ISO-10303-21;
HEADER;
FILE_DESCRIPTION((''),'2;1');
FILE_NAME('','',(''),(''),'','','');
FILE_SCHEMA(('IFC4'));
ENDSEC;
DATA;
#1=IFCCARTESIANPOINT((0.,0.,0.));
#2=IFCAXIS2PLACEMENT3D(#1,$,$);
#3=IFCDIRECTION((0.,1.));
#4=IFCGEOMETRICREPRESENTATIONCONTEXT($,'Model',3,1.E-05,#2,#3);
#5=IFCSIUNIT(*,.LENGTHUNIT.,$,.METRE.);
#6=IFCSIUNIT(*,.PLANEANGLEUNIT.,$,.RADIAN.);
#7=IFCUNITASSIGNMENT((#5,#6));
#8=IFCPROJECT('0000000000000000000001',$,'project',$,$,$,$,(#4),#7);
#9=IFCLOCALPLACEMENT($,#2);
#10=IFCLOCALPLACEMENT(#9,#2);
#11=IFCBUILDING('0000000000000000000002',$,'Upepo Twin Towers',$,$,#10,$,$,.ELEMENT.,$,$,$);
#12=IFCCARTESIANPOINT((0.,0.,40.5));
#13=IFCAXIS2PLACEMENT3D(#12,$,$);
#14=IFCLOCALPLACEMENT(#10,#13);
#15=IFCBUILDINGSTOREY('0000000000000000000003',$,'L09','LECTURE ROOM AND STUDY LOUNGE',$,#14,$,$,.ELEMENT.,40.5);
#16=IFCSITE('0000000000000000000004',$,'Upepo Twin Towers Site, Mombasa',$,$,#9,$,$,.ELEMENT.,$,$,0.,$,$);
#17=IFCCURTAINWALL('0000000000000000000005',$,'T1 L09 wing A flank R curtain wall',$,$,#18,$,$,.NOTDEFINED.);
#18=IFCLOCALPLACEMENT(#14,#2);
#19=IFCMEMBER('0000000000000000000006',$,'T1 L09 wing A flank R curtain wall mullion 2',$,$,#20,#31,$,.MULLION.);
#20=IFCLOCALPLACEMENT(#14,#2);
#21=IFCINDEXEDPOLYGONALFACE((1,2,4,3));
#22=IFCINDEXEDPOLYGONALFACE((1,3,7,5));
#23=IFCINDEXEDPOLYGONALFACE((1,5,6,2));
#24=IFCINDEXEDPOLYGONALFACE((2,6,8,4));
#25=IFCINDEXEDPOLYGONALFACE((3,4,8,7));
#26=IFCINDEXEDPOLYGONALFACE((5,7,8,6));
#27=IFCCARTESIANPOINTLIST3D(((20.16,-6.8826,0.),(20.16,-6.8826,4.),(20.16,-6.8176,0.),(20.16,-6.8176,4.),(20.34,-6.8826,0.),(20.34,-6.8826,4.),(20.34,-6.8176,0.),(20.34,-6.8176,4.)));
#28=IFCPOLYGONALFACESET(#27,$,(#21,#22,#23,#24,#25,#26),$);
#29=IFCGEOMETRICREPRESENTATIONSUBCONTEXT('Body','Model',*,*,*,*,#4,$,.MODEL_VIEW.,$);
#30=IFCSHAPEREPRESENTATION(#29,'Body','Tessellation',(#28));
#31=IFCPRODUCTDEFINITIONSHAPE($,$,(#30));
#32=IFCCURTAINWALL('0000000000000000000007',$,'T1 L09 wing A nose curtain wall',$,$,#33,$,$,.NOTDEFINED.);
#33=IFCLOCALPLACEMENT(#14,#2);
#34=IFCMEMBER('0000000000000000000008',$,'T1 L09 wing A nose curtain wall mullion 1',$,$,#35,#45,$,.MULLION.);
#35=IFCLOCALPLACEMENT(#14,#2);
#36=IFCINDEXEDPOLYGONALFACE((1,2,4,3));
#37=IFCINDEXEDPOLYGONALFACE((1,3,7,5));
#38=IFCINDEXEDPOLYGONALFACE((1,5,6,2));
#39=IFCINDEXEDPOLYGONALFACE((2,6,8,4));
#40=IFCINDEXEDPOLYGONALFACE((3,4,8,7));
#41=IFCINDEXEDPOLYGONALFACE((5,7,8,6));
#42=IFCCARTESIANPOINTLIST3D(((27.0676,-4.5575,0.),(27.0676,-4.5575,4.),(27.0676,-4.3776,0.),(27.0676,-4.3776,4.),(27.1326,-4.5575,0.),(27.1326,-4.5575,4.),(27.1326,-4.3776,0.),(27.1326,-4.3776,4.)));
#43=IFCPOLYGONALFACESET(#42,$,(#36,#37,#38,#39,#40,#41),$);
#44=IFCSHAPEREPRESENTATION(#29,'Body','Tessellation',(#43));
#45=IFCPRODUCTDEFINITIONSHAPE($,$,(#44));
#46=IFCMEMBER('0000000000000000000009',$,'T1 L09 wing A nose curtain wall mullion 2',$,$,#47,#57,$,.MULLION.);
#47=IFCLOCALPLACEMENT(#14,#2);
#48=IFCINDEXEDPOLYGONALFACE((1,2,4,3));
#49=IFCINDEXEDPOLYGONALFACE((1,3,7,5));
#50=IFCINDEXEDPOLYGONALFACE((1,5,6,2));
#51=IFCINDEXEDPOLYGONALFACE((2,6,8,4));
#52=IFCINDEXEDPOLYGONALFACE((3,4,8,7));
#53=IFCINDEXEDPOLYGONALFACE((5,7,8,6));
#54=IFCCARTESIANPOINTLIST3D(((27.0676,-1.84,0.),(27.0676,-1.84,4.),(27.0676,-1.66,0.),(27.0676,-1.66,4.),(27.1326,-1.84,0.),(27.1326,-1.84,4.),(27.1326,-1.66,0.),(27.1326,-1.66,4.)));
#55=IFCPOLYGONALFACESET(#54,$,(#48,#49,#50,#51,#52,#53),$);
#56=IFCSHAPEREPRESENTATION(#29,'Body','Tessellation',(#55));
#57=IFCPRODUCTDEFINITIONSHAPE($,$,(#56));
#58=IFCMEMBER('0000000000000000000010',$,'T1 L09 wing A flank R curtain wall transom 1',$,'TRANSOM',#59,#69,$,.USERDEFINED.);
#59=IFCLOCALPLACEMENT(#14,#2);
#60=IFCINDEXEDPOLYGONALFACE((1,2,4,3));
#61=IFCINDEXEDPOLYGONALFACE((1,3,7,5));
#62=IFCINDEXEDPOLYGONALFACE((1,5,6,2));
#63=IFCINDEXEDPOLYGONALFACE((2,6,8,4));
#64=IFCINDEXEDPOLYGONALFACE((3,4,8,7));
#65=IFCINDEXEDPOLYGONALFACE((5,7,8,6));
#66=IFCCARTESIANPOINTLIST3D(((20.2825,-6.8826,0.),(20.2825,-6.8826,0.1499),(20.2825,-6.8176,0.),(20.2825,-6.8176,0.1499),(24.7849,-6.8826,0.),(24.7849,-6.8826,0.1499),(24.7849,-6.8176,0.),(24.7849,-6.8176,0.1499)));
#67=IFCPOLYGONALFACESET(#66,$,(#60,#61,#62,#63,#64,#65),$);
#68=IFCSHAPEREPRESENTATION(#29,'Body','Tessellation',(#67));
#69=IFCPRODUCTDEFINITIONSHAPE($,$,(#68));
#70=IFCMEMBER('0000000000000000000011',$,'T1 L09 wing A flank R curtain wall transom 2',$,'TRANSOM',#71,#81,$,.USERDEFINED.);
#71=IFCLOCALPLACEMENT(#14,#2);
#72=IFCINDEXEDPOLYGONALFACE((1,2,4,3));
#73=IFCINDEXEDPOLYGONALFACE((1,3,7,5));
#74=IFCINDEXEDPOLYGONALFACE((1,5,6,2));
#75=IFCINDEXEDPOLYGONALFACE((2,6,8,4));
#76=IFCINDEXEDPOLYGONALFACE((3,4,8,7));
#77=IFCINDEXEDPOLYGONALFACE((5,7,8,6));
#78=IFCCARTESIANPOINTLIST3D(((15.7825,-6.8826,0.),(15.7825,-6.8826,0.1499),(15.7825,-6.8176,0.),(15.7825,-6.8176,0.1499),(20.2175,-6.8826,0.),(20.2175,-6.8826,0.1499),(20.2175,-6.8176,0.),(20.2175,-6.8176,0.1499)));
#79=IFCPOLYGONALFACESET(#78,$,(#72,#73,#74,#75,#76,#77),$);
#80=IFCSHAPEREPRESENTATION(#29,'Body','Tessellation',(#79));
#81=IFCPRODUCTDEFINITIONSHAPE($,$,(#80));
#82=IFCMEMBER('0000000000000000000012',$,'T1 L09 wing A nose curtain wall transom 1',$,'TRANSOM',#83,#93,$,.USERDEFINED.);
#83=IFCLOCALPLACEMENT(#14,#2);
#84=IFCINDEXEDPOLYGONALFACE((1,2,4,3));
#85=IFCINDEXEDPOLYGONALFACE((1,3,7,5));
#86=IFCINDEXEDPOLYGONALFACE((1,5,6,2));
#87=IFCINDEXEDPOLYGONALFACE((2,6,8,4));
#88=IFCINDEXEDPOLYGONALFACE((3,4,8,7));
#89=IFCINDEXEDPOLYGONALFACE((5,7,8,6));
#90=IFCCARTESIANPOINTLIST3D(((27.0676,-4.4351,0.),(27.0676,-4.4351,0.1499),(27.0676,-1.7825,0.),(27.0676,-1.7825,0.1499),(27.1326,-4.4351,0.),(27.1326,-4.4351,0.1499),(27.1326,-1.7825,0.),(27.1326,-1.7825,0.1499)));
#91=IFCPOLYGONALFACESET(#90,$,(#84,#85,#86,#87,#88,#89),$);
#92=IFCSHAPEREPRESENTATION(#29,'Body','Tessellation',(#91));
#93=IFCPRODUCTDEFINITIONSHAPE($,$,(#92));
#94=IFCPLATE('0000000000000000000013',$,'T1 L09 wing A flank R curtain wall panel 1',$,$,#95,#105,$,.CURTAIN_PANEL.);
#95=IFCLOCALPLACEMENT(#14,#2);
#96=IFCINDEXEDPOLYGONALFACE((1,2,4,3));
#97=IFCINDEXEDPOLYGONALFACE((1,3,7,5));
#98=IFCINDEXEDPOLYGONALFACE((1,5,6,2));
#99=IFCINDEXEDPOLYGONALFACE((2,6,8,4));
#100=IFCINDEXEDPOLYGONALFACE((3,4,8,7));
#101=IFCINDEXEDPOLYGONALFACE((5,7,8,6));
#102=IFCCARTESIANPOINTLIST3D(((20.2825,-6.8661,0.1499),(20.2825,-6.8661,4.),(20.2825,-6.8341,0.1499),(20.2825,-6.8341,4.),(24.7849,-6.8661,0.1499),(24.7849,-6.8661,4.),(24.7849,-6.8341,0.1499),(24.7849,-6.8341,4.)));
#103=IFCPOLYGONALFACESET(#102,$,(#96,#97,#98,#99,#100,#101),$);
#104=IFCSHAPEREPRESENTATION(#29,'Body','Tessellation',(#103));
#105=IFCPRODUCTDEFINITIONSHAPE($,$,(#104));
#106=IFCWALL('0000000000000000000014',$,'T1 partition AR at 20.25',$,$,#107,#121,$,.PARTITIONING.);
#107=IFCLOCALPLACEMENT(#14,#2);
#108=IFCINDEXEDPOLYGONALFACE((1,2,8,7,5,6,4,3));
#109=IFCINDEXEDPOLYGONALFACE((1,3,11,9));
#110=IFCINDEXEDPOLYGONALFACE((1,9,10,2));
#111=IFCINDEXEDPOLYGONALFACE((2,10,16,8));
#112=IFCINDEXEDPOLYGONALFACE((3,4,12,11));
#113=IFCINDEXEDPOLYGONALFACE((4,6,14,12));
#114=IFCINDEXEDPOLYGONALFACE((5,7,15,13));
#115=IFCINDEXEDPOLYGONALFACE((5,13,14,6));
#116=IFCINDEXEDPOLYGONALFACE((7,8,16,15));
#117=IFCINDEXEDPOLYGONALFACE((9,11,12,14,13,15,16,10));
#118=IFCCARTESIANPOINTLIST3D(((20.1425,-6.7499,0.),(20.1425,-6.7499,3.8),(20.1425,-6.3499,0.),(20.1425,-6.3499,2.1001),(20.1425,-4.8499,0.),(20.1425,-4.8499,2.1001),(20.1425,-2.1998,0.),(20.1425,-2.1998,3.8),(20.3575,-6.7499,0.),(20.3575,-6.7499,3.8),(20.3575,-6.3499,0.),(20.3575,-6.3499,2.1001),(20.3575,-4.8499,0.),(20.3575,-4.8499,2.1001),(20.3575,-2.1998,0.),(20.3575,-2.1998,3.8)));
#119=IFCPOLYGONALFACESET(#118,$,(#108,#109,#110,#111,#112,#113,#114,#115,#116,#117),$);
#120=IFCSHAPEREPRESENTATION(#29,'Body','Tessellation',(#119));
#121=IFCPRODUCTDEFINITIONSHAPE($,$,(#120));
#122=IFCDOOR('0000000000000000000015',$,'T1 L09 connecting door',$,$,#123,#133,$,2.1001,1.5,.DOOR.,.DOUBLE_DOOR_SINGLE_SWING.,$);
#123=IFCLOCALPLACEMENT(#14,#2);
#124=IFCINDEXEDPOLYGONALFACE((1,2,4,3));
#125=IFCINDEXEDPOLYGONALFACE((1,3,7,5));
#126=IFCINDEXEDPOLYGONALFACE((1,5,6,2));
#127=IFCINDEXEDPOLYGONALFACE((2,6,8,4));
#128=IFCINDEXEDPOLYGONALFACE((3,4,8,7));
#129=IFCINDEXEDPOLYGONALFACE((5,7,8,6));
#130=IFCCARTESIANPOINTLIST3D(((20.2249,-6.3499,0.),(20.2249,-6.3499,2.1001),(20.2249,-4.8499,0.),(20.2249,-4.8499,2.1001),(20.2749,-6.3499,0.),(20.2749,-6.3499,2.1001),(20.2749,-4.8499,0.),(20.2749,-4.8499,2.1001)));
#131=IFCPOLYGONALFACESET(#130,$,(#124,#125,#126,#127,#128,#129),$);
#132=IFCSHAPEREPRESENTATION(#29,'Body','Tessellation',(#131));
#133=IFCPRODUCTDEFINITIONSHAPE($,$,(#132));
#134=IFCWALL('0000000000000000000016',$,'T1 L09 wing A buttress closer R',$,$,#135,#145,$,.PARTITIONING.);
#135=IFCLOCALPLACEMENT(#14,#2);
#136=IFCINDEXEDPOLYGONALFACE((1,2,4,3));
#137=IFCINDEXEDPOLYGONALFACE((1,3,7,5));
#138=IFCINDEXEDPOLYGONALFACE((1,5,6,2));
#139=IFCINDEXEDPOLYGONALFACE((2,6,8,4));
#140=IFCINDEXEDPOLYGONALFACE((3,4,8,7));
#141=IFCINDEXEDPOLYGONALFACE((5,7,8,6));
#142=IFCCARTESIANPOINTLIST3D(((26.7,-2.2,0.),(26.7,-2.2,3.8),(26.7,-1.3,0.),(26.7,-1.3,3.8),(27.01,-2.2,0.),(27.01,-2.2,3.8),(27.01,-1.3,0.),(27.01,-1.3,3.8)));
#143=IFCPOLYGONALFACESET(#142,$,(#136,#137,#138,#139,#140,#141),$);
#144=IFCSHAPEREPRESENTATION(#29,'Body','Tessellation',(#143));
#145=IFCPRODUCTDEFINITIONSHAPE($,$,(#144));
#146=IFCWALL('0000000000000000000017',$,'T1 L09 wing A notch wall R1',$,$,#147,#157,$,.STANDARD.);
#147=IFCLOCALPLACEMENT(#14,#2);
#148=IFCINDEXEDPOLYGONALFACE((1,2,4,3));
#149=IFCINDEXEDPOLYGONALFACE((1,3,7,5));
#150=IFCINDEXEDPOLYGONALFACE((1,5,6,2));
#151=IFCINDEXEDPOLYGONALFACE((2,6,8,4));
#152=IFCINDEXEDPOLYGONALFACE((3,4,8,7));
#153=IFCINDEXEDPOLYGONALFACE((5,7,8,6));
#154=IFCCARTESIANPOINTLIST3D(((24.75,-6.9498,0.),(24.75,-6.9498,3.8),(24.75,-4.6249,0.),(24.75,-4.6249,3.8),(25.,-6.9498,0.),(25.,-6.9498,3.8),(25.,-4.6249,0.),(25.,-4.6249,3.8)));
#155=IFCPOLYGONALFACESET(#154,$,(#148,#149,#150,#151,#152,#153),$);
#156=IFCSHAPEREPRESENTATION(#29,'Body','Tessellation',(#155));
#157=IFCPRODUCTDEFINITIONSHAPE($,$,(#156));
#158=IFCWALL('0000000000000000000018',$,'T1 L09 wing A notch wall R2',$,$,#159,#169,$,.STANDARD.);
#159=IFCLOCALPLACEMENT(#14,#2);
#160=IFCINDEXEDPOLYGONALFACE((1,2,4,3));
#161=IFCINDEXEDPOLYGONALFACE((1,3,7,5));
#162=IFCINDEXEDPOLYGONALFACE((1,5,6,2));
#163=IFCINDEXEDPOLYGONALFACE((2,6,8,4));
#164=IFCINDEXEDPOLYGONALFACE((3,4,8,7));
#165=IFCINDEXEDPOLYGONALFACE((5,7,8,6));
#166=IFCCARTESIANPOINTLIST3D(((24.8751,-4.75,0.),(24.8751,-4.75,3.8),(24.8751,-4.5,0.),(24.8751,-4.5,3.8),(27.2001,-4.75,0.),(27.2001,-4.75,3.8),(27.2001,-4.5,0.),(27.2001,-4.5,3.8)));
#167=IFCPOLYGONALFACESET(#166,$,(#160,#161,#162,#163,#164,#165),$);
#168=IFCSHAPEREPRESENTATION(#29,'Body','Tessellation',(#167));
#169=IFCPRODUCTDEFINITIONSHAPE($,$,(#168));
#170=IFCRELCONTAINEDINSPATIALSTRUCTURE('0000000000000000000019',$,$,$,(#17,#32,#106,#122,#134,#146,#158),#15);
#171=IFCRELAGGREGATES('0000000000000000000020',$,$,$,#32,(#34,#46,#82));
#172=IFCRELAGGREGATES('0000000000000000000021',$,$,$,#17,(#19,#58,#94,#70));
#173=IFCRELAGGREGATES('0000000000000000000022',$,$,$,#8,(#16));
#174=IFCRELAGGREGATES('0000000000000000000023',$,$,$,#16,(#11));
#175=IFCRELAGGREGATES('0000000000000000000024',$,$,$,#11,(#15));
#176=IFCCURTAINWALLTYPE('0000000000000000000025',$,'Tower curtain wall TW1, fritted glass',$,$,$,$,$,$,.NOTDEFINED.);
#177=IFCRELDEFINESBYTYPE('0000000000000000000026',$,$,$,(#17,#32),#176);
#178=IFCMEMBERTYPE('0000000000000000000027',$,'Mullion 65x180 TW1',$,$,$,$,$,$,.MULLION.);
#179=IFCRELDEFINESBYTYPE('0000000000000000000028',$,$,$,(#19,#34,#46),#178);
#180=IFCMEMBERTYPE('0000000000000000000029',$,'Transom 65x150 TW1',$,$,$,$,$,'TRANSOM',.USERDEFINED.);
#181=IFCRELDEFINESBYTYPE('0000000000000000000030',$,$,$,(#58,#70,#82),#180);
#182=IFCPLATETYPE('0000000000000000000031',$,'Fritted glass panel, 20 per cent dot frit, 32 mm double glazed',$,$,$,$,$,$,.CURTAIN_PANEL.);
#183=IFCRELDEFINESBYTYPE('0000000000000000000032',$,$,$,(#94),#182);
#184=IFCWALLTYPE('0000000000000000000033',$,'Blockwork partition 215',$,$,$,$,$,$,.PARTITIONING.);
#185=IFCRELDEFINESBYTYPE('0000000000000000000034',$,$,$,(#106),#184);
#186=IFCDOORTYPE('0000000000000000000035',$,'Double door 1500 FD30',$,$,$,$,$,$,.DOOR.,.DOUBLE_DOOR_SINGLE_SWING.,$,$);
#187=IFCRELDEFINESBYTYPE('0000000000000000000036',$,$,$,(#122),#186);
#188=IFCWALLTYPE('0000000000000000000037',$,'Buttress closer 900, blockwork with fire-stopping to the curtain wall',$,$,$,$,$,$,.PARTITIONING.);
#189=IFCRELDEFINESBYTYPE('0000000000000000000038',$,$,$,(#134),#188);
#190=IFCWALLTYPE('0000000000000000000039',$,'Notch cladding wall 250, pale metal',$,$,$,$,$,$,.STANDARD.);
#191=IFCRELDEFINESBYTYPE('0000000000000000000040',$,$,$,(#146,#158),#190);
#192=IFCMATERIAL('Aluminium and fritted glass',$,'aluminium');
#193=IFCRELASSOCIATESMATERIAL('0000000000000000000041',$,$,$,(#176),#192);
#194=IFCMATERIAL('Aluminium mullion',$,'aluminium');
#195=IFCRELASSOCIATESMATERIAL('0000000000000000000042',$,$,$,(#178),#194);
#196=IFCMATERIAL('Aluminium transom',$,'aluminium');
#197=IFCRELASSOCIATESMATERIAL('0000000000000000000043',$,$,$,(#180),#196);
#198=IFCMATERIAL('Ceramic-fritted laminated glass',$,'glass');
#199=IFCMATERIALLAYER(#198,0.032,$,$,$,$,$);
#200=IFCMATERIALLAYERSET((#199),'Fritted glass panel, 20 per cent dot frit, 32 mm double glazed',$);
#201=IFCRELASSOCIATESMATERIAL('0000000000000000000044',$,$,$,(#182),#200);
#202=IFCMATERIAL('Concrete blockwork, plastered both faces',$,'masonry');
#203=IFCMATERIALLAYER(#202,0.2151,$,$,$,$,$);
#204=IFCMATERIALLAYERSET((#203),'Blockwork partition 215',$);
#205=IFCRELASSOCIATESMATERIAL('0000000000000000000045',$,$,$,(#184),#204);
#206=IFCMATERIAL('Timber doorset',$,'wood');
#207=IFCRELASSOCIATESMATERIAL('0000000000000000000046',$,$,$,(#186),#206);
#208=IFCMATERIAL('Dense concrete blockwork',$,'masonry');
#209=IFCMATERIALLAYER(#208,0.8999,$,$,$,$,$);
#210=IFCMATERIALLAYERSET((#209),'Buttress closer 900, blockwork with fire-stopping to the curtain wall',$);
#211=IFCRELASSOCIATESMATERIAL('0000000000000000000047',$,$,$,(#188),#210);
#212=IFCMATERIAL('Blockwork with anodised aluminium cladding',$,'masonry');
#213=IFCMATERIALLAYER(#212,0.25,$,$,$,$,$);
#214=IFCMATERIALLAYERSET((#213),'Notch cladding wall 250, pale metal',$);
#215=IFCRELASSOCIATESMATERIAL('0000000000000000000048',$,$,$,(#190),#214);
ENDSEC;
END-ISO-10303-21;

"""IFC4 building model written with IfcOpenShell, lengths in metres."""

from ifc_helpers import new_model, si_unit, direction, frame, frame_2d, origin, origin_2d, place, context, subcontext, project, spatial, rectangle, extrude, material, layer, layer_set, material_profile, profile_set, type_object, element, fill, aggregate, save


model = new_model("IFC4")

# Units and contexts
model_context = context("Model", 3, precision=1e-05, world=origin(), true_north=direction((0.0, 1.0)))
body_context = subcontext(model_context, "Body", "Model", "MODEL_VIEW")
ifc_project = project(units=[si_unit("LENGTHUNIT", "METRE"), si_unit("PLANEANGLEUNIT", "RADIAN")], contexts=[model_context])

# Site, building, storey
site_placement = place(None, origin())
site = spatial("IfcSite", under=ifc_project, at=site_placement, Name="Upepo Twin Towers Site, Mombasa", CompositionType="ELEMENT", RefElevation=0.0)
building_placement = place(site_placement, origin())
building = spatial("IfcBuilding", under=site, at=building_placement, Name="Upepo Twin Towers", CompositionType="ELEMENT")
storey_placement = place(building_placement, frame((0.0, 0.0, 40.5)))
storey = spatial("IfcBuildingStorey", under=building, at=storey_placement, Name="L09", Description="LECTURE ROOM AND STUDY LOUNGE", CompositionType="ELEMENT", Elevation=40.5)

# Curtain walls, members
ifc_material_1 = material(Name="Aluminium and fritted glass", Category="aluminium")
curtain_wall_type = type_object("IfcCurtainWallType", Name="Tower curtain wall TW1, fritted glass", PredefinedType="NOTDEFINED", material=ifc_material_1)
curtain_wall_1_placement = place(storey_placement, origin())
curtain_wall_1 = element("IfcCurtainWall", 1, at=curtain_wall_1_placement, inside=storey, type_object=curtain_wall_type, Name="T1 L09 wing A flank R curtain wall", PredefinedType="NOTDEFINED")
ifc_material_2 = material(Name="Aluminium mullion", Category="aluminium")
ifc_material_profile_1 = material_profile(ifc_material_2, rectangle(XDim=0.0649, YDim=0.1799, at=origin_2d()), Name="MULLION 65x180")
ifc_profile_set_1 = profile_set([ifc_material_profile_1], Name="Aluminium mullion")
member_type_1 = type_object("IfcMemberType", Name="Mullion 65x180 TW1", PredefinedType="MULLION", material=ifc_profile_set_1)
member_1_placement = place(storey_placement, frame((20.25, -6.8501, 0.0), z_axis=(0.0, 0.0, 1.0), x_axis=(0.0, -1.0, 0.0)))
member_1 = element("IfcMember", 2, at=member_1_placement, type_object=member_type_1, Name="T1 L09 wing A flank R curtain wall mullion 2", PredefinedType="MULLION", context=body_context, shape_type="SweptSolid", body=[
    extrude(rectangle(XDim=0.0649, YDim=0.1799, at=origin_2d()), origin(), (0.0, 0.0, 1.0), 4.0),
])
curtain_wall_2_placement = place(storey_placement, origin())
curtain_wall_2 = element("IfcCurtainWall", 3, at=curtain_wall_2_placement, inside=storey, type_object=curtain_wall_type, Name="T1 L09 wing A nose curtain wall", PredefinedType="NOTDEFINED")
member_2_placement = place(storey_placement, frame((27.1001, -4.4675, 0.0), z_axis=(0.0, 0.0, 1.0), x_axis=(-1.0, 0.0, 0.0)))
member_2 = element("IfcMember", 4, at=member_2_placement, type_object=member_type_1, Name="T1 L09 wing A nose curtain wall mullion 1", PredefinedType="MULLION", context=body_context, shape_type="SweptSolid", body=[
    extrude(rectangle(XDim=0.0649, YDim=0.1799, at=origin_2d()), origin(), (0.0, 0.0, 1.0), 4.0),
])
member_3_placement = place(storey_placement, frame((27.1001, -1.75, 0.0), z_axis=(0.0, 0.0, 1.0), x_axis=(-1.0, 0.0, 0.0)))
member_3 = element("IfcMember", 5, at=member_3_placement, type_object=member_type_1, Name="T1 L09 wing A nose curtain wall mullion 2", PredefinedType="MULLION", context=body_context, shape_type="SweptSolid", body=[
    extrude(rectangle(XDim=0.0649, YDim=0.1799, at=origin_2d()), origin(), (0.0, 0.0, 1.0), 4.0),
])

# Members
ifc_material_3 = material(Name="Aluminium transom", Category="aluminium")
ifc_material_profile_2 = material_profile(ifc_material_3, rectangle(XDim=0.0649, YDim=0.1499, at=origin_2d()), Name="TRANSOM 65x150")
ifc_profile_set_2 = profile_set([ifc_material_profile_2], Name="Aluminium transom")
member_type_2 = type_object("IfcMemberType", Name="Transom 65x150 TW1", ElementType="TRANSOM", PredefinedType="USERDEFINED", material=ifc_profile_set_2)
member_4_placement = place(storey_placement, frame((24.7849, -6.8501, 0.075), z_axis=(-1.0, 0.0, 0.0), x_axis=(0.0, -1.0, 0.0)))
member_4 = element("IfcMember", 6, at=member_4_placement, type_object=member_type_2, Name="T1 L09 wing A flank R curtain wall transom 1", ObjectType="TRANSOM", PredefinedType="USERDEFINED", context=body_context, shape_type="SweptSolid", body=[
    extrude(rectangle(XDim=0.0649, YDim=0.1499, at=origin_2d()), origin(), (0.0, 0.0, 1.0), 4.5024),
])
member_5_placement = place(storey_placement, frame((20.2175, -6.8501, 0.075), z_axis=(-1.0, 0.0, 0.0), x_axis=(0.0, -1.0, 0.0)))
member_5 = element("IfcMember", 7, at=member_5_placement, type_object=member_type_2, Name="T1 L09 wing A flank R curtain wall transom 2", ObjectType="TRANSOM", PredefinedType="USERDEFINED", context=body_context, shape_type="SweptSolid", body=[
    extrude(rectangle(XDim=0.0649, YDim=0.1499, at=origin_2d()), origin(), (0.0, 0.0, 1.0), 4.4351),
])
member_6_placement = place(storey_placement, frame((27.1001, -4.4351, 0.075), z_axis=(0.0, 1.0, 0.0), x_axis=(-1.0, 0.0, 0.0)))
member_6 = element("IfcMember", 8, at=member_6_placement, type_object=member_type_2, Name="T1 L09 wing A nose curtain wall transom 1", ObjectType="TRANSOM", PredefinedType="USERDEFINED", context=body_context, shape_type="SweptSolid", body=[
    extrude(rectangle(XDim=0.0649, YDim=0.1499, at=origin_2d()), origin(), (0.0, 0.0, 1.0), 2.6526),
])
aggregate(curtain_wall_2, [member_2, member_3, member_6])

# Plate
ifc_material_4 = material(Name="Ceramic-fritted laminated glass", Category="glass")
ifc_layer_1 = layer(ifc_material_4, 0.032)
ifc_layer_set_1 = layer_set([ifc_layer_1], Name="Fritted glass panel, 20 per cent dot frit, 32 mm double glazed")
plate_type = type_object("IfcPlateType", Name="Fritted glass panel, 20 per cent dot frit, 32 mm double glazed", PredefinedType="CURTAIN_PANEL", material=ifc_layer_set_1)
plate_placement = place(storey_placement, frame((22.5337, -6.8501, 0.1499), z_axis=(0.0, 0.0, 1.0), x_axis=(-1.0, 0.0, 0.0)))
plate = element("IfcPlate", 9, at=plate_placement, type_object=plate_type, Name="T1 L09 wing A flank R curtain wall panel 1", PredefinedType="CURTAIN_PANEL", context=body_context, shape_type="SweptSolid", body=[
    extrude(rectangle(XDim=4.5024, YDim=0.032, at=origin_2d()), origin(), (0.0, 0.0, 1.0), 3.8501),
])
aggregate(curtain_wall_1, [member_1, member_4, plate, member_5])

# Wall, opening, door
ifc_material_5 = material(Name="Concrete blockwork, plastered both faces", Category="masonry")
ifc_layer_2 = layer(ifc_material_5, 0.2151)
ifc_layer_set_2 = layer_set([ifc_layer_2], Name="Blockwork partition 215")
wall_type_1 = type_object("IfcWallType", Name="Blockwork partition 215", PredefinedType="PARTITIONING", material=ifc_layer_set_2)
wall_1_placement = place(storey_placement, frame((20.25, -2.2, 0.0), z_axis=(0.0, 0.0, 1.0), x_axis=(0.0, -1.0, 0.0)))
wall_1 = element("IfcWall", 10, at=wall_1_placement, inside=storey, type_object=wall_type_1, Name="T1 partition AR at 20.25", PredefinedType="PARTITIONING", context=body_context, shape_type="SweptSolid", body=[
    extrude(rectangle(XDim=4.55, YDim=0.2151, at=frame_2d((2.2749, 0.0))), origin(), (0.0, 0.0, 1.0), 3.8),
])
opening_placement = place(wall_1_placement, frame((2.6499, 0.0, 0.0)))
opening = element("IfcOpeningElement", 11, at=opening_placement, cuts=wall_1, PredefinedType="OPENING", context=body_context, shape_type="SweptSolid", body=[
    extrude(rectangle(XDim=1.5, YDim=2.1001, at=frame_2d((0.75, 1.05))), frame((0.0, 0.1174, 0.0), z_axis=(0.0, -1.0, 0.0), x_axis=(1.0, 0.0, 0.0)), (0.0, 0.0, 1.0), 0.2351),
])
ifc_material_6 = material(Name="Timber doorset", Category="wood")
door_type = type_object("IfcDoorType", Name="Double door 1500 FD30", OperationType="DOUBLE_DOOR_SINGLE_SWING", PredefinedType="DOOR", material=ifc_material_6)
door_placement = place(opening_placement, origin())
door = element("IfcDoor", 12, at=door_placement, inside=storey, type_object=door_type, Name="T1 L09 connecting door", OperationType="DOUBLE_DOOR_SINGLE_SWING", OverallHeight=2.1001, OverallWidth=1.5, PredefinedType="DOOR", context=body_context, shape_type="SweptSolid", body=[
    extrude(rectangle(XDim=1.5, YDim=2.1001, at=frame_2d((0.75, 1.05))), frame((0.0, 0.0249, 0.0), z_axis=(0.0, -1.0, 0.0), x_axis=(1.0, 0.0, 0.0)), (0.0, 0.0, 1.0), 0.05),
])
fill(opening, door)

# Walls
ifc_material_7 = material(Name="Dense concrete blockwork", Category="masonry")
ifc_layer_3 = layer(ifc_material_7, 0.8999)
ifc_layer_set_3 = layer_set([ifc_layer_3], Name="Buttress closer 900, blockwork with fire-stopping to the curtain wall")
wall_type_2 = type_object("IfcWallType", Name="Buttress closer 900, blockwork with fire-stopping to the curtain wall", PredefinedType="PARTITIONING", material=ifc_layer_set_3)
wall_2_placement = place(storey_placement, frame((26.7, -1.75, 0.0), z_axis=(0.0, 0.0, 1.0), x_axis=(1.0, 0.0, 0.0)))
element("IfcWall", 13, at=wall_2_placement, inside=storey, type_object=wall_type_2, Name="T1 L09 wing A buttress closer R", PredefinedType="PARTITIONING", context=body_context, shape_type="SweptSolid", body=[
    extrude(rectangle(XDim=0.3101, YDim=0.8999, at=frame_2d((0.155, 0.0))), origin(), (0.0, 0.0, 1.0), 3.8),
])
ifc_material_8 = material(Name="Blockwork with anodised aluminium cladding", Category="masonry")
ifc_layer_4 = layer(ifc_material_8, 0.25)
ifc_layer_set_4 = layer_set([ifc_layer_4], Name="Notch cladding wall 250, pale metal")
wall_type_3 = type_object("IfcWallType", Name="Notch cladding wall 250, pale metal", PredefinedType="STANDARD", material=ifc_layer_set_4)
for number, where, z_axis, x_axis, name in (
    (14, (24.875, -6.95, 0.0), (0.0, 0.0, 1.0), (0.0, 1.0, 0.0), "T1 L09 wing A notch wall R1"),
    (15, (24.875, -4.625, 0.0), (0.0, 0.0, 1.0), (1.0, 0.0, 0.0), "T1 L09 wing A notch wall R2"),
):
    element("IfcWall", number, at=place(storey_placement, frame(where, z_axis=z_axis, x_axis=x_axis)), inside=storey, type_object=wall_type_3, Name=name, PredefinedType="STANDARD", context=body_context, shape_type="SweptSolid", body=[
        extrude(rectangle(XDim=2.325, YDim=0.25, at=frame_2d((1.1626, 0.0))), origin(), (0.0, 0.0, 1.0), 3.8),
    ])

save(model, "model.ifc")
